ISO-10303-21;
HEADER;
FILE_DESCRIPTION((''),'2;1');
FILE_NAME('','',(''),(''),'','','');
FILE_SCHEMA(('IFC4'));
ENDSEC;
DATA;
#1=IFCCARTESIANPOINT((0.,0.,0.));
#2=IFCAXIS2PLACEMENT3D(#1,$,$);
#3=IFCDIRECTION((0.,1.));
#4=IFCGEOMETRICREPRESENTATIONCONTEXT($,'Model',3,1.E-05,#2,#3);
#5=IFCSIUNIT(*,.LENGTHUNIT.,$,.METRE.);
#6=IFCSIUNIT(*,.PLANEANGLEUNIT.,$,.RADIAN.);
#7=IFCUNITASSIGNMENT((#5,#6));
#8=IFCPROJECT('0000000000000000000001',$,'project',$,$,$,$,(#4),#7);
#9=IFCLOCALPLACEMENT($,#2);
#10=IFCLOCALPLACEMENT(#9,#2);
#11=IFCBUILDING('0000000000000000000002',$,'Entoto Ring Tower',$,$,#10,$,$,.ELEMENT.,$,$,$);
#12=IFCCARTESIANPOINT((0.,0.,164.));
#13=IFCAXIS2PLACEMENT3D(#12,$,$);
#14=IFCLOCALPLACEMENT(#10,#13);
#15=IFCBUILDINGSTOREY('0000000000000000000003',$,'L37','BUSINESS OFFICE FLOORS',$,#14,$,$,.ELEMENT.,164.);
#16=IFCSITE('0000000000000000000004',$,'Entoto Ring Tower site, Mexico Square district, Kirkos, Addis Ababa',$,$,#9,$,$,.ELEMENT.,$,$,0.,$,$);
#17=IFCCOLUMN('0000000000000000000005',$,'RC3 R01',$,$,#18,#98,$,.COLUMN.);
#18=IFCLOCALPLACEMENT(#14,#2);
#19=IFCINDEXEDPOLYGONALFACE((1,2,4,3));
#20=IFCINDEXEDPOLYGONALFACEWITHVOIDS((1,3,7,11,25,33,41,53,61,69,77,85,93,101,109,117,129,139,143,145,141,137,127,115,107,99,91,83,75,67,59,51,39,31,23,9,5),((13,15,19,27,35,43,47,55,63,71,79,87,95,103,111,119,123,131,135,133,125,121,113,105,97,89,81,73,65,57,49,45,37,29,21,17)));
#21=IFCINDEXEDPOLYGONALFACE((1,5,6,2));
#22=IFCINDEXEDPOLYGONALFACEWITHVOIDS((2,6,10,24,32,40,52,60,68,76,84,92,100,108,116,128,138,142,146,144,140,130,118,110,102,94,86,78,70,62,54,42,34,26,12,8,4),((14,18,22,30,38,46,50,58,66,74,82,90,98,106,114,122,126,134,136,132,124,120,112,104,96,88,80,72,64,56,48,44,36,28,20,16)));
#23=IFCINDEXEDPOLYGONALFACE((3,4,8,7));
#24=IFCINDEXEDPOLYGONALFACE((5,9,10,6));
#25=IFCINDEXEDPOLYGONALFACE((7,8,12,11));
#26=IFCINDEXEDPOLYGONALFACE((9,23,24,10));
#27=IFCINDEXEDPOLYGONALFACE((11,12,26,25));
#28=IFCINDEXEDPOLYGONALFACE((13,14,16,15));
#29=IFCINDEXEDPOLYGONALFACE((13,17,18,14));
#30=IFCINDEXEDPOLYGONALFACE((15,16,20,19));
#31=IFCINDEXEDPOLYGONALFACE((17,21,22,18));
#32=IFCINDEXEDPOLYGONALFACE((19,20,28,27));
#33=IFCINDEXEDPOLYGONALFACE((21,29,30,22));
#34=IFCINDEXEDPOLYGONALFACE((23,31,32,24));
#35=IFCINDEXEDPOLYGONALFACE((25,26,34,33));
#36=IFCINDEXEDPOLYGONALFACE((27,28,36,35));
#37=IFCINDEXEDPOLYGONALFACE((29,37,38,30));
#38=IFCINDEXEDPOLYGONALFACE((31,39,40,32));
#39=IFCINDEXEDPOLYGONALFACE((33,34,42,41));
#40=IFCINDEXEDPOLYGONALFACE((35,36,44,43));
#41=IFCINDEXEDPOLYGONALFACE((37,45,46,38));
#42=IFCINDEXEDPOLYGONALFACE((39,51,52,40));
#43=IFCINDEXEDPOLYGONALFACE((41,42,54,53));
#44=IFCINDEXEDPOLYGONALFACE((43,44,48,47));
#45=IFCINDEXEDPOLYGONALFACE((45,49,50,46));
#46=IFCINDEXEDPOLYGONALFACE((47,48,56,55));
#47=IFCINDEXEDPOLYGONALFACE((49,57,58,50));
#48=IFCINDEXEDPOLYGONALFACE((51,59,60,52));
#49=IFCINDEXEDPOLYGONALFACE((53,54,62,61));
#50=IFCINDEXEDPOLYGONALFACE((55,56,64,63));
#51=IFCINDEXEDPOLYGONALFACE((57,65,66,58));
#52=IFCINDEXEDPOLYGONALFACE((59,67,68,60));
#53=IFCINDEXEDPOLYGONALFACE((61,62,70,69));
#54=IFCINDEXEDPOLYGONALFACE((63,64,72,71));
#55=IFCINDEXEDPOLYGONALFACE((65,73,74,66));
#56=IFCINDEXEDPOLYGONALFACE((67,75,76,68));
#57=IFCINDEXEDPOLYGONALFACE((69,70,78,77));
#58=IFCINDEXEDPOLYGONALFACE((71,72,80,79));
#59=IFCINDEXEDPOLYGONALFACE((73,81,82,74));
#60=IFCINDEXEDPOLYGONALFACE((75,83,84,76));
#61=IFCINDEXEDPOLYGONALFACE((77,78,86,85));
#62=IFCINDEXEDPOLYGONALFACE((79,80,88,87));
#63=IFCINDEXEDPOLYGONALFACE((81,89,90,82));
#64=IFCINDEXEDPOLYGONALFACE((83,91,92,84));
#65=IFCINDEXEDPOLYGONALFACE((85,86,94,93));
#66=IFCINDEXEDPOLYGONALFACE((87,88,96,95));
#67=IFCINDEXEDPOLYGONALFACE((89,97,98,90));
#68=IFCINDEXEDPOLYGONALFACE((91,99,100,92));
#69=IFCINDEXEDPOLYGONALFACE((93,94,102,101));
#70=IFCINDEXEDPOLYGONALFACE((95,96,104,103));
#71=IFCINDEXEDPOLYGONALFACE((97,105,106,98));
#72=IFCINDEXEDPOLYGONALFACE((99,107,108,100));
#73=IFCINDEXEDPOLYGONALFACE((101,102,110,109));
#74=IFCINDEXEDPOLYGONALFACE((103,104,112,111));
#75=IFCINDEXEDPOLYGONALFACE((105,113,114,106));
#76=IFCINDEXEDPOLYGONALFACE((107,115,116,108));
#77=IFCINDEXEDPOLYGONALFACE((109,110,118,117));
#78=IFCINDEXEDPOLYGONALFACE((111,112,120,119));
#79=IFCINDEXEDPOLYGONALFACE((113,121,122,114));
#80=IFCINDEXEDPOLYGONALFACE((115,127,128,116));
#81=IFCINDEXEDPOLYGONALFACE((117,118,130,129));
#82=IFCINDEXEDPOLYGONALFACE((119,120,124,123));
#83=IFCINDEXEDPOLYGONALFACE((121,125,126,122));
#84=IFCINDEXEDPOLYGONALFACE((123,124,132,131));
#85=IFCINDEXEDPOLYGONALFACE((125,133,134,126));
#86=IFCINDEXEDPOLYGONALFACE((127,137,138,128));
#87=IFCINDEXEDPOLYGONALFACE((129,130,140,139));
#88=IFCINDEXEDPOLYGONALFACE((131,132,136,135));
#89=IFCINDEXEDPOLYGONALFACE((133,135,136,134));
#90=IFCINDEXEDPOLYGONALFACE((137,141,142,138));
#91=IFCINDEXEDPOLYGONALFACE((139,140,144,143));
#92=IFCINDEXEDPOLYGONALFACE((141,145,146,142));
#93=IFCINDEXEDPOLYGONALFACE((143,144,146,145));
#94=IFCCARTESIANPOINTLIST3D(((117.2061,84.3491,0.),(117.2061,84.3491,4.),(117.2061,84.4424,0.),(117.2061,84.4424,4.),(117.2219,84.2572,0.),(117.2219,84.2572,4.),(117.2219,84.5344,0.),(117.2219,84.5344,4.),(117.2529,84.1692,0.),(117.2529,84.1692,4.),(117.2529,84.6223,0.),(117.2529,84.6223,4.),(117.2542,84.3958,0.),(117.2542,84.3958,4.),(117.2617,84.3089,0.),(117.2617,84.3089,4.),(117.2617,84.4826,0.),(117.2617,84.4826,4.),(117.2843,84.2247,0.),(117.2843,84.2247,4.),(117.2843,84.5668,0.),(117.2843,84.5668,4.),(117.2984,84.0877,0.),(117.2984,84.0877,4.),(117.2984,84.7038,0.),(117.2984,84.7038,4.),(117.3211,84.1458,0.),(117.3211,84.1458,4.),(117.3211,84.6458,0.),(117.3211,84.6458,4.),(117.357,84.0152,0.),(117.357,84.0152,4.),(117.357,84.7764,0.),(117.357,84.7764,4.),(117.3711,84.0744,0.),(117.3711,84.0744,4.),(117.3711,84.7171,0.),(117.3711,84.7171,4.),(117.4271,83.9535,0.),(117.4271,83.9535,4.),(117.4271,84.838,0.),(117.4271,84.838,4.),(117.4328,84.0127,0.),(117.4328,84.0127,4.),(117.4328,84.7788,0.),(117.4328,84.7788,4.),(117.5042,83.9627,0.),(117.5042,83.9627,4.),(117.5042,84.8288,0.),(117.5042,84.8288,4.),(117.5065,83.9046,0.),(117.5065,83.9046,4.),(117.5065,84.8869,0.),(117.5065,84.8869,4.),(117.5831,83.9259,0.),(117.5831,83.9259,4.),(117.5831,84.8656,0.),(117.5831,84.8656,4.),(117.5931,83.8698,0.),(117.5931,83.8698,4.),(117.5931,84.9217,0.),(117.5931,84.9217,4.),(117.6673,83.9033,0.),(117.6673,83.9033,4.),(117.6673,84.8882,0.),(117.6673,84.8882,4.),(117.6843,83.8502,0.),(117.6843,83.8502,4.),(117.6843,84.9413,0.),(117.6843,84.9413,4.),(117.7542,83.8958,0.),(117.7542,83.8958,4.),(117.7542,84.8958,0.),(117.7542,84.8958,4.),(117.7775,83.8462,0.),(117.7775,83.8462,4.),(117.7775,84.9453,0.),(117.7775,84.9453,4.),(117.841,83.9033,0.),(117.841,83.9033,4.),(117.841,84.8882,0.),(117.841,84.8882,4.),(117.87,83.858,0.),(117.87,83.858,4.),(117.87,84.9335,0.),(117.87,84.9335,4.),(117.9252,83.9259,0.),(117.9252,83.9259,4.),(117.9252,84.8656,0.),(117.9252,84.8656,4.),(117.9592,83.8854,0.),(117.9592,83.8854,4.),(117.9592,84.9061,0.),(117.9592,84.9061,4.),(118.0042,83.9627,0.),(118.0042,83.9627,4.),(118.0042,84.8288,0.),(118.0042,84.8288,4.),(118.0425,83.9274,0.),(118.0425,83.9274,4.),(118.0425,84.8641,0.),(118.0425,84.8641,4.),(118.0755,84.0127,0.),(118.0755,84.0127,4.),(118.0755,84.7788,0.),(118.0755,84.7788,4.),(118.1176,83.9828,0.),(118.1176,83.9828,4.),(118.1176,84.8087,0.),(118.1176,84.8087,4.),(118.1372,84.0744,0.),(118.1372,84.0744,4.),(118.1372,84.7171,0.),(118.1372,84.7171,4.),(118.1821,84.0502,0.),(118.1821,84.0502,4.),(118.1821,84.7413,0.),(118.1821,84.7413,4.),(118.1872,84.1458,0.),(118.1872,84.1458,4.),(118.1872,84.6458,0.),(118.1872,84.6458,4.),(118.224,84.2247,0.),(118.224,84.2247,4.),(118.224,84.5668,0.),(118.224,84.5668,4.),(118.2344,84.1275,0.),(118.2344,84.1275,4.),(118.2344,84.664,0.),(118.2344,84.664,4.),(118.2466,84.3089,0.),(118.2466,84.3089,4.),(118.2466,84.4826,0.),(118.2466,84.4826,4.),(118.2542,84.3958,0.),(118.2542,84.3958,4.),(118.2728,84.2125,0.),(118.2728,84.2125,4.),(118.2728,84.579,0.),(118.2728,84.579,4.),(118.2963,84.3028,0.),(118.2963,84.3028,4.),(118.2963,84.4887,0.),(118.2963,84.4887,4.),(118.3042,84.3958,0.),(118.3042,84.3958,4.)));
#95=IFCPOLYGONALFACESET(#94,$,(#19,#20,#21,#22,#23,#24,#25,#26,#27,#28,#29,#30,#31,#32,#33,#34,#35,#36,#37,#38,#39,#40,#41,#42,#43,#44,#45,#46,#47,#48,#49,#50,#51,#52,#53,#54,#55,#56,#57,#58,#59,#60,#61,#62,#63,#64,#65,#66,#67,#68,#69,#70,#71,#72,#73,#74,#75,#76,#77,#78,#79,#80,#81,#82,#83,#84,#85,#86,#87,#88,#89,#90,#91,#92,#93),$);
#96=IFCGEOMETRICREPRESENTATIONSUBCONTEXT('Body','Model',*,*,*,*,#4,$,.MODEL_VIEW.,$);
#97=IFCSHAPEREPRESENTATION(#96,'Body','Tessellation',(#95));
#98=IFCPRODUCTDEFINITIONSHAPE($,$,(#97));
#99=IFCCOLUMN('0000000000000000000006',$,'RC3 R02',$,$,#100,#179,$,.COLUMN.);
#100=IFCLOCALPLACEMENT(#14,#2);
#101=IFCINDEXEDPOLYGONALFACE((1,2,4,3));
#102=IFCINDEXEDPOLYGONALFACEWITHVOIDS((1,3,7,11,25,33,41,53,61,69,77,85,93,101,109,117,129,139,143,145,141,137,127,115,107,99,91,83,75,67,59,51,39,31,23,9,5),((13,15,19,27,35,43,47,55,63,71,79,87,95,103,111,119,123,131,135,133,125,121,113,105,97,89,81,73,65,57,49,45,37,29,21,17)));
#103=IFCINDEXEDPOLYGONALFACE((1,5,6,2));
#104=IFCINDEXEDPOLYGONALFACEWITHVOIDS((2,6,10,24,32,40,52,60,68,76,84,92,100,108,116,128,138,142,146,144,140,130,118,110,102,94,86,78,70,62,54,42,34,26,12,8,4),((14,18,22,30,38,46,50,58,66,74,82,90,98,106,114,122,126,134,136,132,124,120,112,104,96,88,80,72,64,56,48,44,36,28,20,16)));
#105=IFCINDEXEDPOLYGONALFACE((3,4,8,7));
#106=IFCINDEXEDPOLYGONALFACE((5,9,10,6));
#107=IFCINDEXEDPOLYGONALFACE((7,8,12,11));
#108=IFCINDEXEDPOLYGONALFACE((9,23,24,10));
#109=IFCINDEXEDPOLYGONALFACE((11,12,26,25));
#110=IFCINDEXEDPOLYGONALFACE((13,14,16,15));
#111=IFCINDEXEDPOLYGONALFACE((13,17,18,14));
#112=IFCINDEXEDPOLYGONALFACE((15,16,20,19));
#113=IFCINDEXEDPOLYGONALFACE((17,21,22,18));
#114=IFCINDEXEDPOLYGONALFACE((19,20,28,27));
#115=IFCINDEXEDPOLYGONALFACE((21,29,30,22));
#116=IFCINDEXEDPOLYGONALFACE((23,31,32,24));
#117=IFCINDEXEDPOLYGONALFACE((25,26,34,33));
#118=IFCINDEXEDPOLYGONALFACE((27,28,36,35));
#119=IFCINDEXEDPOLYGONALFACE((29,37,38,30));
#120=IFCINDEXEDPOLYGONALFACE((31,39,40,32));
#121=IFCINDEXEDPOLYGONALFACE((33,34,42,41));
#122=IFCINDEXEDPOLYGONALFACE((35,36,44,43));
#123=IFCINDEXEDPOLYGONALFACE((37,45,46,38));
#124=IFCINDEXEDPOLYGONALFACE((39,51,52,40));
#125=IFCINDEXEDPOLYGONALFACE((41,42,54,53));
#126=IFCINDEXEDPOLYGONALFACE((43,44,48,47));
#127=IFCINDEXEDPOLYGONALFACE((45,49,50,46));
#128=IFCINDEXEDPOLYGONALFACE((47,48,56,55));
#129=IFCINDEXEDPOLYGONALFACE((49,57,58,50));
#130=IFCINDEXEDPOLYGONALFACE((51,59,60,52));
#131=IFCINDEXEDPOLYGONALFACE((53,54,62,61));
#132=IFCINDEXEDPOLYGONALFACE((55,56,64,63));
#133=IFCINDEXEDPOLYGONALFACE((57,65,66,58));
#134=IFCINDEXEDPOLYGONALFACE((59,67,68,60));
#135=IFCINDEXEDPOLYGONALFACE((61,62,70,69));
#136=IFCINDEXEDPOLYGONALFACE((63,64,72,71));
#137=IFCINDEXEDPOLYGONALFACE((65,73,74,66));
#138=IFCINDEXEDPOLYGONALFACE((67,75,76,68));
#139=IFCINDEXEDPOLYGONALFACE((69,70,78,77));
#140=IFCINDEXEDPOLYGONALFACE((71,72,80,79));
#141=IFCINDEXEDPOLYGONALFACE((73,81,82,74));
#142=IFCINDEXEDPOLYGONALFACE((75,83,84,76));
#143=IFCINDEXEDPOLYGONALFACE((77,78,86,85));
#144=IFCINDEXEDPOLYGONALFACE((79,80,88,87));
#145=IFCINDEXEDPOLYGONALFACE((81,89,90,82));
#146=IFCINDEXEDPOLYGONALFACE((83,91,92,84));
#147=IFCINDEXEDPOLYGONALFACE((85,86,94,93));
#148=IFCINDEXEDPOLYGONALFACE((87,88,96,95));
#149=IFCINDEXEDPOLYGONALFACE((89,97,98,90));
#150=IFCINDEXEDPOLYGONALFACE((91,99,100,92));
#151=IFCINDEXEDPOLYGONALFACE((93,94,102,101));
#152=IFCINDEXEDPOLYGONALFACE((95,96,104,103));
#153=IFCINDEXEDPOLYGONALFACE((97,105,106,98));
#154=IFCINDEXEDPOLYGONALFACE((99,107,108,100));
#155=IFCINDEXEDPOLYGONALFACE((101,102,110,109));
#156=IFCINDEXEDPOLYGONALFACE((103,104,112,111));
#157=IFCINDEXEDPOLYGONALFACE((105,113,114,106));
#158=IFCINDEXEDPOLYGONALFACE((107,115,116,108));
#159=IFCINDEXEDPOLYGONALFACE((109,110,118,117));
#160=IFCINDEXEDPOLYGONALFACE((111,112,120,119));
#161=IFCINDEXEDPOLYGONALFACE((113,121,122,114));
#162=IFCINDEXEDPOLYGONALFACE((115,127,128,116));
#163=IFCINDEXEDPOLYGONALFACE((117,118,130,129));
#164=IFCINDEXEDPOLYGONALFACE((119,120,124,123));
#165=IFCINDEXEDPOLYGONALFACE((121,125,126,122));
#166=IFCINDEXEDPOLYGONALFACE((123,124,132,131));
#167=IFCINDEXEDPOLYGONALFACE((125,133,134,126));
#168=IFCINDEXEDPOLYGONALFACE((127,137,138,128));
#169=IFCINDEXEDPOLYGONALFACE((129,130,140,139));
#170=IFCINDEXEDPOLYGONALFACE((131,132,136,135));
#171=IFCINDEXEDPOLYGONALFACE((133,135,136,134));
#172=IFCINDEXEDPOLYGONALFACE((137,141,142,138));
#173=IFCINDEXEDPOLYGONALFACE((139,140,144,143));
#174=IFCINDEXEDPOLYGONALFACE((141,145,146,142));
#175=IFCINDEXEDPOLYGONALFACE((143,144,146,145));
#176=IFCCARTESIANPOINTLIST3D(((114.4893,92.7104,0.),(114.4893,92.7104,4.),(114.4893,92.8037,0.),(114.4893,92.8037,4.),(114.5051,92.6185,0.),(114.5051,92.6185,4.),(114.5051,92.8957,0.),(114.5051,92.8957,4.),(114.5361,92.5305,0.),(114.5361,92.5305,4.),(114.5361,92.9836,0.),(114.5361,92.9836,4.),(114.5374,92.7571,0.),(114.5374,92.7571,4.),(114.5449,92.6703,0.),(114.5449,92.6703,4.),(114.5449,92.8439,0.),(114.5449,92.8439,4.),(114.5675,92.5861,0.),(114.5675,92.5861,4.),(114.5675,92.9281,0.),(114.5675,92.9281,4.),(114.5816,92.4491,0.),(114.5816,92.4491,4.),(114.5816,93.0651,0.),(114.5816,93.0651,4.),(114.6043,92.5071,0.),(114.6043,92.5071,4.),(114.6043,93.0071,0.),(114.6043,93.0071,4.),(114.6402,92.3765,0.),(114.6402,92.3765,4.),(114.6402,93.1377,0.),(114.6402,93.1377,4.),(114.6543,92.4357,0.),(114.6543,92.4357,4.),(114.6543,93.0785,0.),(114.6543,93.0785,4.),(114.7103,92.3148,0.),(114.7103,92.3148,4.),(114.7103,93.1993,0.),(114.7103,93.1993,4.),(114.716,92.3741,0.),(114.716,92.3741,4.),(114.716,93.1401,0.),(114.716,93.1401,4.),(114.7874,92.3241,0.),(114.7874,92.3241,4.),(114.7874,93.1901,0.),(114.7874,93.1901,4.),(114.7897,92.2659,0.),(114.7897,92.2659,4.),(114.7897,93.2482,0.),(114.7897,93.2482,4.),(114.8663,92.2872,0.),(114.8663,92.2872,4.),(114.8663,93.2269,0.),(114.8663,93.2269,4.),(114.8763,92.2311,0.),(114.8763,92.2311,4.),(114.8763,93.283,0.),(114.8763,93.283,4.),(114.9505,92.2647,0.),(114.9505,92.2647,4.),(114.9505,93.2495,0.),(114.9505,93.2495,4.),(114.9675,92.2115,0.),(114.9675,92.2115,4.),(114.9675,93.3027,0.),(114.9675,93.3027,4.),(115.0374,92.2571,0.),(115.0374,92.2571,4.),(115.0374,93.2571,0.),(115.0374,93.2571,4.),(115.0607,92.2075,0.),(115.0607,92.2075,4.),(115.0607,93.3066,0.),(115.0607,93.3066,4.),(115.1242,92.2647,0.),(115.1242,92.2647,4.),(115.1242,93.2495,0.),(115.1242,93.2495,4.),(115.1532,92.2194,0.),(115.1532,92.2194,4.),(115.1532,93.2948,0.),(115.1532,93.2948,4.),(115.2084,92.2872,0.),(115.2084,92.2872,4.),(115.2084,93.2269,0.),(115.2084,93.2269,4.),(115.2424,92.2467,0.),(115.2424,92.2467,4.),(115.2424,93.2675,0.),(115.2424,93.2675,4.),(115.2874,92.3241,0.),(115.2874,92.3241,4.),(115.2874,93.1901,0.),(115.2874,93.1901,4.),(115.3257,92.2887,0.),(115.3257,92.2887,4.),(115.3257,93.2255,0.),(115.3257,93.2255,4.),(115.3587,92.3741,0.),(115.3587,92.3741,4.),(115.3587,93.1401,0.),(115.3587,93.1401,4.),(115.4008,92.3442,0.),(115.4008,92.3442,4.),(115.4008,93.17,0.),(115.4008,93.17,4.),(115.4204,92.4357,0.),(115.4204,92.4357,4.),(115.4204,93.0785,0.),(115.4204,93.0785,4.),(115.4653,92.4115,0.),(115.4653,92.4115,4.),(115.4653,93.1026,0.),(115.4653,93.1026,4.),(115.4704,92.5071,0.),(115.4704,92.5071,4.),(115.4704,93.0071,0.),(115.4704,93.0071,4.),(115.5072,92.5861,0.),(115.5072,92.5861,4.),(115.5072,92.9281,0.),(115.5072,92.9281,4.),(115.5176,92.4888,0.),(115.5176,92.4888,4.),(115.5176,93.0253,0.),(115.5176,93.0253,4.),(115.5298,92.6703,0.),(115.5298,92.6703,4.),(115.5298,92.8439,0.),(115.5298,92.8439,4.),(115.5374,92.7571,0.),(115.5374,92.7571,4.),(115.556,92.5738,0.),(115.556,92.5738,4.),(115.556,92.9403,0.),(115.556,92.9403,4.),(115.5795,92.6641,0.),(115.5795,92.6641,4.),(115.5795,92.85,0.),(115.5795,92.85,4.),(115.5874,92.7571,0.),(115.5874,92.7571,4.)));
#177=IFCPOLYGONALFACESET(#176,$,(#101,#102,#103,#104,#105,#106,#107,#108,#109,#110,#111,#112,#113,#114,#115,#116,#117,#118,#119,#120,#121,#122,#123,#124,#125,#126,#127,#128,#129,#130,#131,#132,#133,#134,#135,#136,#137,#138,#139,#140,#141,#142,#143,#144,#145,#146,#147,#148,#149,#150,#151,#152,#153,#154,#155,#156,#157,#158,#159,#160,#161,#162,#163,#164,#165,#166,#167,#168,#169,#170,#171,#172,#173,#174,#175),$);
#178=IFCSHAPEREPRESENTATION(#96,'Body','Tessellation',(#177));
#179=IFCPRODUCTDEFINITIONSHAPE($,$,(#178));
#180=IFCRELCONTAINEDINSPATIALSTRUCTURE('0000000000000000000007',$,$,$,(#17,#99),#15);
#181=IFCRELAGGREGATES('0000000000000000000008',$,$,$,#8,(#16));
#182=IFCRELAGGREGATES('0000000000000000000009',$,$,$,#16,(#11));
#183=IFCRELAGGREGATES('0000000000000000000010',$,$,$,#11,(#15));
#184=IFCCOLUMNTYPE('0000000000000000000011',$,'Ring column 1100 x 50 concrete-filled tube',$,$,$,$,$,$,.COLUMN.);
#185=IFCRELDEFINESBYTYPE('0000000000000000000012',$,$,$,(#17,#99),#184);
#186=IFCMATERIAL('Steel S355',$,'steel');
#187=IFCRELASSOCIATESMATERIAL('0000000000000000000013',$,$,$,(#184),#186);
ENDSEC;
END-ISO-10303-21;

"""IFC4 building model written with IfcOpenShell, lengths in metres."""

from ifc_helpers import new_model, si_unit, direction, frame, origin, origin_2d, place, context, subcontext, project, spatial, circle, hollow_circle, extrude, material, material_profile, profile_set, type_object, element, save


model = new_model("IFC4")

# Units and contexts
model_context = context("Model", 3, precision=1e-05, world=origin(), true_north=direction((0.0, 1.0)))
body_context = subcontext(model_context, "Body", "Model", "MODEL_VIEW")
ifc_project = project(units=[si_unit("LENGTHUNIT", "METRE"), si_unit("PLANEANGLEUNIT", "RADIAN")], contexts=[model_context])

# Site, building, storey
site_placement = place(None, origin())
site = spatial("IfcSite", under=ifc_project, at=site_placement, Name="Entoto Ring Tower site, Mexico Square district, Kirkos, Addis Ababa", CompositionType="ELEMENT", RefElevation=0.0)
building_placement = place(site_placement, origin())
building = spatial("IfcBuilding", under=site, at=building_placement, Name="Entoto Ring Tower", CompositionType="ELEMENT")
storey_placement = place(building_placement, frame((0.0, 0.0, 164.0)))
storey = spatial("IfcBuildingStorey", under=building, at=storey_placement, Name="L37", Description="BUSINESS OFFICE FLOORS", CompositionType="ELEMENT", Elevation=164.0)

# Columns
ifc_material_1 = material(Name="Steel S355", Category="steel")
ifc_material_profile_1 = material_profile(ifc_material_1, hollow_circle(Radius=0.55, WallThickness=0.05, at=origin_2d()), Name="CHS 1100 x 50")
ifc_material_2 = material(Name="Concrete C60/75", Category="concrete")
ifc_material_profile_2 = material_profile(ifc_material_2, circle(Radius=0.5, at=origin_2d()), Name="Concrete C60/75 infill")
ifc_profile_set_1 = profile_set([ifc_material_profile_1, ifc_material_profile_2], Name="Steel S355")
column_type = type_object("IfcColumnType", Name="Ring column 1100 x 50 concrete-filled tube", PredefinedType="COLUMN", material=ifc_profile_set_1)
for number, where, z_axis, x_axis, name in (
    (1, (117.7542, 84.3958, 0.0), (0.0, 0.0, 1.0), (1.0, 0.0, 0.0), "RC3 R01"),
    (2, (115.0374, 92.7571, 0.0), (0.0, 0.0, 1.0), (1.0, 0.0, 0.0), "RC3 R02"),
):
    element("IfcColumn", number, at=place(storey_placement, frame(where, z_axis=z_axis, x_axis=x_axis)), inside=storey, type_object=column_type, Name=name, PredefinedType="COLUMN", context=body_context, shape_type="SweptSolid", body=[
        extrude(hollow_circle(Radius=0.55, WallThickness=0.05, at=origin_2d()), origin(), (0.0, 0.0, 1.0), 4.0),
    ])

save(model, "model.ifc")
